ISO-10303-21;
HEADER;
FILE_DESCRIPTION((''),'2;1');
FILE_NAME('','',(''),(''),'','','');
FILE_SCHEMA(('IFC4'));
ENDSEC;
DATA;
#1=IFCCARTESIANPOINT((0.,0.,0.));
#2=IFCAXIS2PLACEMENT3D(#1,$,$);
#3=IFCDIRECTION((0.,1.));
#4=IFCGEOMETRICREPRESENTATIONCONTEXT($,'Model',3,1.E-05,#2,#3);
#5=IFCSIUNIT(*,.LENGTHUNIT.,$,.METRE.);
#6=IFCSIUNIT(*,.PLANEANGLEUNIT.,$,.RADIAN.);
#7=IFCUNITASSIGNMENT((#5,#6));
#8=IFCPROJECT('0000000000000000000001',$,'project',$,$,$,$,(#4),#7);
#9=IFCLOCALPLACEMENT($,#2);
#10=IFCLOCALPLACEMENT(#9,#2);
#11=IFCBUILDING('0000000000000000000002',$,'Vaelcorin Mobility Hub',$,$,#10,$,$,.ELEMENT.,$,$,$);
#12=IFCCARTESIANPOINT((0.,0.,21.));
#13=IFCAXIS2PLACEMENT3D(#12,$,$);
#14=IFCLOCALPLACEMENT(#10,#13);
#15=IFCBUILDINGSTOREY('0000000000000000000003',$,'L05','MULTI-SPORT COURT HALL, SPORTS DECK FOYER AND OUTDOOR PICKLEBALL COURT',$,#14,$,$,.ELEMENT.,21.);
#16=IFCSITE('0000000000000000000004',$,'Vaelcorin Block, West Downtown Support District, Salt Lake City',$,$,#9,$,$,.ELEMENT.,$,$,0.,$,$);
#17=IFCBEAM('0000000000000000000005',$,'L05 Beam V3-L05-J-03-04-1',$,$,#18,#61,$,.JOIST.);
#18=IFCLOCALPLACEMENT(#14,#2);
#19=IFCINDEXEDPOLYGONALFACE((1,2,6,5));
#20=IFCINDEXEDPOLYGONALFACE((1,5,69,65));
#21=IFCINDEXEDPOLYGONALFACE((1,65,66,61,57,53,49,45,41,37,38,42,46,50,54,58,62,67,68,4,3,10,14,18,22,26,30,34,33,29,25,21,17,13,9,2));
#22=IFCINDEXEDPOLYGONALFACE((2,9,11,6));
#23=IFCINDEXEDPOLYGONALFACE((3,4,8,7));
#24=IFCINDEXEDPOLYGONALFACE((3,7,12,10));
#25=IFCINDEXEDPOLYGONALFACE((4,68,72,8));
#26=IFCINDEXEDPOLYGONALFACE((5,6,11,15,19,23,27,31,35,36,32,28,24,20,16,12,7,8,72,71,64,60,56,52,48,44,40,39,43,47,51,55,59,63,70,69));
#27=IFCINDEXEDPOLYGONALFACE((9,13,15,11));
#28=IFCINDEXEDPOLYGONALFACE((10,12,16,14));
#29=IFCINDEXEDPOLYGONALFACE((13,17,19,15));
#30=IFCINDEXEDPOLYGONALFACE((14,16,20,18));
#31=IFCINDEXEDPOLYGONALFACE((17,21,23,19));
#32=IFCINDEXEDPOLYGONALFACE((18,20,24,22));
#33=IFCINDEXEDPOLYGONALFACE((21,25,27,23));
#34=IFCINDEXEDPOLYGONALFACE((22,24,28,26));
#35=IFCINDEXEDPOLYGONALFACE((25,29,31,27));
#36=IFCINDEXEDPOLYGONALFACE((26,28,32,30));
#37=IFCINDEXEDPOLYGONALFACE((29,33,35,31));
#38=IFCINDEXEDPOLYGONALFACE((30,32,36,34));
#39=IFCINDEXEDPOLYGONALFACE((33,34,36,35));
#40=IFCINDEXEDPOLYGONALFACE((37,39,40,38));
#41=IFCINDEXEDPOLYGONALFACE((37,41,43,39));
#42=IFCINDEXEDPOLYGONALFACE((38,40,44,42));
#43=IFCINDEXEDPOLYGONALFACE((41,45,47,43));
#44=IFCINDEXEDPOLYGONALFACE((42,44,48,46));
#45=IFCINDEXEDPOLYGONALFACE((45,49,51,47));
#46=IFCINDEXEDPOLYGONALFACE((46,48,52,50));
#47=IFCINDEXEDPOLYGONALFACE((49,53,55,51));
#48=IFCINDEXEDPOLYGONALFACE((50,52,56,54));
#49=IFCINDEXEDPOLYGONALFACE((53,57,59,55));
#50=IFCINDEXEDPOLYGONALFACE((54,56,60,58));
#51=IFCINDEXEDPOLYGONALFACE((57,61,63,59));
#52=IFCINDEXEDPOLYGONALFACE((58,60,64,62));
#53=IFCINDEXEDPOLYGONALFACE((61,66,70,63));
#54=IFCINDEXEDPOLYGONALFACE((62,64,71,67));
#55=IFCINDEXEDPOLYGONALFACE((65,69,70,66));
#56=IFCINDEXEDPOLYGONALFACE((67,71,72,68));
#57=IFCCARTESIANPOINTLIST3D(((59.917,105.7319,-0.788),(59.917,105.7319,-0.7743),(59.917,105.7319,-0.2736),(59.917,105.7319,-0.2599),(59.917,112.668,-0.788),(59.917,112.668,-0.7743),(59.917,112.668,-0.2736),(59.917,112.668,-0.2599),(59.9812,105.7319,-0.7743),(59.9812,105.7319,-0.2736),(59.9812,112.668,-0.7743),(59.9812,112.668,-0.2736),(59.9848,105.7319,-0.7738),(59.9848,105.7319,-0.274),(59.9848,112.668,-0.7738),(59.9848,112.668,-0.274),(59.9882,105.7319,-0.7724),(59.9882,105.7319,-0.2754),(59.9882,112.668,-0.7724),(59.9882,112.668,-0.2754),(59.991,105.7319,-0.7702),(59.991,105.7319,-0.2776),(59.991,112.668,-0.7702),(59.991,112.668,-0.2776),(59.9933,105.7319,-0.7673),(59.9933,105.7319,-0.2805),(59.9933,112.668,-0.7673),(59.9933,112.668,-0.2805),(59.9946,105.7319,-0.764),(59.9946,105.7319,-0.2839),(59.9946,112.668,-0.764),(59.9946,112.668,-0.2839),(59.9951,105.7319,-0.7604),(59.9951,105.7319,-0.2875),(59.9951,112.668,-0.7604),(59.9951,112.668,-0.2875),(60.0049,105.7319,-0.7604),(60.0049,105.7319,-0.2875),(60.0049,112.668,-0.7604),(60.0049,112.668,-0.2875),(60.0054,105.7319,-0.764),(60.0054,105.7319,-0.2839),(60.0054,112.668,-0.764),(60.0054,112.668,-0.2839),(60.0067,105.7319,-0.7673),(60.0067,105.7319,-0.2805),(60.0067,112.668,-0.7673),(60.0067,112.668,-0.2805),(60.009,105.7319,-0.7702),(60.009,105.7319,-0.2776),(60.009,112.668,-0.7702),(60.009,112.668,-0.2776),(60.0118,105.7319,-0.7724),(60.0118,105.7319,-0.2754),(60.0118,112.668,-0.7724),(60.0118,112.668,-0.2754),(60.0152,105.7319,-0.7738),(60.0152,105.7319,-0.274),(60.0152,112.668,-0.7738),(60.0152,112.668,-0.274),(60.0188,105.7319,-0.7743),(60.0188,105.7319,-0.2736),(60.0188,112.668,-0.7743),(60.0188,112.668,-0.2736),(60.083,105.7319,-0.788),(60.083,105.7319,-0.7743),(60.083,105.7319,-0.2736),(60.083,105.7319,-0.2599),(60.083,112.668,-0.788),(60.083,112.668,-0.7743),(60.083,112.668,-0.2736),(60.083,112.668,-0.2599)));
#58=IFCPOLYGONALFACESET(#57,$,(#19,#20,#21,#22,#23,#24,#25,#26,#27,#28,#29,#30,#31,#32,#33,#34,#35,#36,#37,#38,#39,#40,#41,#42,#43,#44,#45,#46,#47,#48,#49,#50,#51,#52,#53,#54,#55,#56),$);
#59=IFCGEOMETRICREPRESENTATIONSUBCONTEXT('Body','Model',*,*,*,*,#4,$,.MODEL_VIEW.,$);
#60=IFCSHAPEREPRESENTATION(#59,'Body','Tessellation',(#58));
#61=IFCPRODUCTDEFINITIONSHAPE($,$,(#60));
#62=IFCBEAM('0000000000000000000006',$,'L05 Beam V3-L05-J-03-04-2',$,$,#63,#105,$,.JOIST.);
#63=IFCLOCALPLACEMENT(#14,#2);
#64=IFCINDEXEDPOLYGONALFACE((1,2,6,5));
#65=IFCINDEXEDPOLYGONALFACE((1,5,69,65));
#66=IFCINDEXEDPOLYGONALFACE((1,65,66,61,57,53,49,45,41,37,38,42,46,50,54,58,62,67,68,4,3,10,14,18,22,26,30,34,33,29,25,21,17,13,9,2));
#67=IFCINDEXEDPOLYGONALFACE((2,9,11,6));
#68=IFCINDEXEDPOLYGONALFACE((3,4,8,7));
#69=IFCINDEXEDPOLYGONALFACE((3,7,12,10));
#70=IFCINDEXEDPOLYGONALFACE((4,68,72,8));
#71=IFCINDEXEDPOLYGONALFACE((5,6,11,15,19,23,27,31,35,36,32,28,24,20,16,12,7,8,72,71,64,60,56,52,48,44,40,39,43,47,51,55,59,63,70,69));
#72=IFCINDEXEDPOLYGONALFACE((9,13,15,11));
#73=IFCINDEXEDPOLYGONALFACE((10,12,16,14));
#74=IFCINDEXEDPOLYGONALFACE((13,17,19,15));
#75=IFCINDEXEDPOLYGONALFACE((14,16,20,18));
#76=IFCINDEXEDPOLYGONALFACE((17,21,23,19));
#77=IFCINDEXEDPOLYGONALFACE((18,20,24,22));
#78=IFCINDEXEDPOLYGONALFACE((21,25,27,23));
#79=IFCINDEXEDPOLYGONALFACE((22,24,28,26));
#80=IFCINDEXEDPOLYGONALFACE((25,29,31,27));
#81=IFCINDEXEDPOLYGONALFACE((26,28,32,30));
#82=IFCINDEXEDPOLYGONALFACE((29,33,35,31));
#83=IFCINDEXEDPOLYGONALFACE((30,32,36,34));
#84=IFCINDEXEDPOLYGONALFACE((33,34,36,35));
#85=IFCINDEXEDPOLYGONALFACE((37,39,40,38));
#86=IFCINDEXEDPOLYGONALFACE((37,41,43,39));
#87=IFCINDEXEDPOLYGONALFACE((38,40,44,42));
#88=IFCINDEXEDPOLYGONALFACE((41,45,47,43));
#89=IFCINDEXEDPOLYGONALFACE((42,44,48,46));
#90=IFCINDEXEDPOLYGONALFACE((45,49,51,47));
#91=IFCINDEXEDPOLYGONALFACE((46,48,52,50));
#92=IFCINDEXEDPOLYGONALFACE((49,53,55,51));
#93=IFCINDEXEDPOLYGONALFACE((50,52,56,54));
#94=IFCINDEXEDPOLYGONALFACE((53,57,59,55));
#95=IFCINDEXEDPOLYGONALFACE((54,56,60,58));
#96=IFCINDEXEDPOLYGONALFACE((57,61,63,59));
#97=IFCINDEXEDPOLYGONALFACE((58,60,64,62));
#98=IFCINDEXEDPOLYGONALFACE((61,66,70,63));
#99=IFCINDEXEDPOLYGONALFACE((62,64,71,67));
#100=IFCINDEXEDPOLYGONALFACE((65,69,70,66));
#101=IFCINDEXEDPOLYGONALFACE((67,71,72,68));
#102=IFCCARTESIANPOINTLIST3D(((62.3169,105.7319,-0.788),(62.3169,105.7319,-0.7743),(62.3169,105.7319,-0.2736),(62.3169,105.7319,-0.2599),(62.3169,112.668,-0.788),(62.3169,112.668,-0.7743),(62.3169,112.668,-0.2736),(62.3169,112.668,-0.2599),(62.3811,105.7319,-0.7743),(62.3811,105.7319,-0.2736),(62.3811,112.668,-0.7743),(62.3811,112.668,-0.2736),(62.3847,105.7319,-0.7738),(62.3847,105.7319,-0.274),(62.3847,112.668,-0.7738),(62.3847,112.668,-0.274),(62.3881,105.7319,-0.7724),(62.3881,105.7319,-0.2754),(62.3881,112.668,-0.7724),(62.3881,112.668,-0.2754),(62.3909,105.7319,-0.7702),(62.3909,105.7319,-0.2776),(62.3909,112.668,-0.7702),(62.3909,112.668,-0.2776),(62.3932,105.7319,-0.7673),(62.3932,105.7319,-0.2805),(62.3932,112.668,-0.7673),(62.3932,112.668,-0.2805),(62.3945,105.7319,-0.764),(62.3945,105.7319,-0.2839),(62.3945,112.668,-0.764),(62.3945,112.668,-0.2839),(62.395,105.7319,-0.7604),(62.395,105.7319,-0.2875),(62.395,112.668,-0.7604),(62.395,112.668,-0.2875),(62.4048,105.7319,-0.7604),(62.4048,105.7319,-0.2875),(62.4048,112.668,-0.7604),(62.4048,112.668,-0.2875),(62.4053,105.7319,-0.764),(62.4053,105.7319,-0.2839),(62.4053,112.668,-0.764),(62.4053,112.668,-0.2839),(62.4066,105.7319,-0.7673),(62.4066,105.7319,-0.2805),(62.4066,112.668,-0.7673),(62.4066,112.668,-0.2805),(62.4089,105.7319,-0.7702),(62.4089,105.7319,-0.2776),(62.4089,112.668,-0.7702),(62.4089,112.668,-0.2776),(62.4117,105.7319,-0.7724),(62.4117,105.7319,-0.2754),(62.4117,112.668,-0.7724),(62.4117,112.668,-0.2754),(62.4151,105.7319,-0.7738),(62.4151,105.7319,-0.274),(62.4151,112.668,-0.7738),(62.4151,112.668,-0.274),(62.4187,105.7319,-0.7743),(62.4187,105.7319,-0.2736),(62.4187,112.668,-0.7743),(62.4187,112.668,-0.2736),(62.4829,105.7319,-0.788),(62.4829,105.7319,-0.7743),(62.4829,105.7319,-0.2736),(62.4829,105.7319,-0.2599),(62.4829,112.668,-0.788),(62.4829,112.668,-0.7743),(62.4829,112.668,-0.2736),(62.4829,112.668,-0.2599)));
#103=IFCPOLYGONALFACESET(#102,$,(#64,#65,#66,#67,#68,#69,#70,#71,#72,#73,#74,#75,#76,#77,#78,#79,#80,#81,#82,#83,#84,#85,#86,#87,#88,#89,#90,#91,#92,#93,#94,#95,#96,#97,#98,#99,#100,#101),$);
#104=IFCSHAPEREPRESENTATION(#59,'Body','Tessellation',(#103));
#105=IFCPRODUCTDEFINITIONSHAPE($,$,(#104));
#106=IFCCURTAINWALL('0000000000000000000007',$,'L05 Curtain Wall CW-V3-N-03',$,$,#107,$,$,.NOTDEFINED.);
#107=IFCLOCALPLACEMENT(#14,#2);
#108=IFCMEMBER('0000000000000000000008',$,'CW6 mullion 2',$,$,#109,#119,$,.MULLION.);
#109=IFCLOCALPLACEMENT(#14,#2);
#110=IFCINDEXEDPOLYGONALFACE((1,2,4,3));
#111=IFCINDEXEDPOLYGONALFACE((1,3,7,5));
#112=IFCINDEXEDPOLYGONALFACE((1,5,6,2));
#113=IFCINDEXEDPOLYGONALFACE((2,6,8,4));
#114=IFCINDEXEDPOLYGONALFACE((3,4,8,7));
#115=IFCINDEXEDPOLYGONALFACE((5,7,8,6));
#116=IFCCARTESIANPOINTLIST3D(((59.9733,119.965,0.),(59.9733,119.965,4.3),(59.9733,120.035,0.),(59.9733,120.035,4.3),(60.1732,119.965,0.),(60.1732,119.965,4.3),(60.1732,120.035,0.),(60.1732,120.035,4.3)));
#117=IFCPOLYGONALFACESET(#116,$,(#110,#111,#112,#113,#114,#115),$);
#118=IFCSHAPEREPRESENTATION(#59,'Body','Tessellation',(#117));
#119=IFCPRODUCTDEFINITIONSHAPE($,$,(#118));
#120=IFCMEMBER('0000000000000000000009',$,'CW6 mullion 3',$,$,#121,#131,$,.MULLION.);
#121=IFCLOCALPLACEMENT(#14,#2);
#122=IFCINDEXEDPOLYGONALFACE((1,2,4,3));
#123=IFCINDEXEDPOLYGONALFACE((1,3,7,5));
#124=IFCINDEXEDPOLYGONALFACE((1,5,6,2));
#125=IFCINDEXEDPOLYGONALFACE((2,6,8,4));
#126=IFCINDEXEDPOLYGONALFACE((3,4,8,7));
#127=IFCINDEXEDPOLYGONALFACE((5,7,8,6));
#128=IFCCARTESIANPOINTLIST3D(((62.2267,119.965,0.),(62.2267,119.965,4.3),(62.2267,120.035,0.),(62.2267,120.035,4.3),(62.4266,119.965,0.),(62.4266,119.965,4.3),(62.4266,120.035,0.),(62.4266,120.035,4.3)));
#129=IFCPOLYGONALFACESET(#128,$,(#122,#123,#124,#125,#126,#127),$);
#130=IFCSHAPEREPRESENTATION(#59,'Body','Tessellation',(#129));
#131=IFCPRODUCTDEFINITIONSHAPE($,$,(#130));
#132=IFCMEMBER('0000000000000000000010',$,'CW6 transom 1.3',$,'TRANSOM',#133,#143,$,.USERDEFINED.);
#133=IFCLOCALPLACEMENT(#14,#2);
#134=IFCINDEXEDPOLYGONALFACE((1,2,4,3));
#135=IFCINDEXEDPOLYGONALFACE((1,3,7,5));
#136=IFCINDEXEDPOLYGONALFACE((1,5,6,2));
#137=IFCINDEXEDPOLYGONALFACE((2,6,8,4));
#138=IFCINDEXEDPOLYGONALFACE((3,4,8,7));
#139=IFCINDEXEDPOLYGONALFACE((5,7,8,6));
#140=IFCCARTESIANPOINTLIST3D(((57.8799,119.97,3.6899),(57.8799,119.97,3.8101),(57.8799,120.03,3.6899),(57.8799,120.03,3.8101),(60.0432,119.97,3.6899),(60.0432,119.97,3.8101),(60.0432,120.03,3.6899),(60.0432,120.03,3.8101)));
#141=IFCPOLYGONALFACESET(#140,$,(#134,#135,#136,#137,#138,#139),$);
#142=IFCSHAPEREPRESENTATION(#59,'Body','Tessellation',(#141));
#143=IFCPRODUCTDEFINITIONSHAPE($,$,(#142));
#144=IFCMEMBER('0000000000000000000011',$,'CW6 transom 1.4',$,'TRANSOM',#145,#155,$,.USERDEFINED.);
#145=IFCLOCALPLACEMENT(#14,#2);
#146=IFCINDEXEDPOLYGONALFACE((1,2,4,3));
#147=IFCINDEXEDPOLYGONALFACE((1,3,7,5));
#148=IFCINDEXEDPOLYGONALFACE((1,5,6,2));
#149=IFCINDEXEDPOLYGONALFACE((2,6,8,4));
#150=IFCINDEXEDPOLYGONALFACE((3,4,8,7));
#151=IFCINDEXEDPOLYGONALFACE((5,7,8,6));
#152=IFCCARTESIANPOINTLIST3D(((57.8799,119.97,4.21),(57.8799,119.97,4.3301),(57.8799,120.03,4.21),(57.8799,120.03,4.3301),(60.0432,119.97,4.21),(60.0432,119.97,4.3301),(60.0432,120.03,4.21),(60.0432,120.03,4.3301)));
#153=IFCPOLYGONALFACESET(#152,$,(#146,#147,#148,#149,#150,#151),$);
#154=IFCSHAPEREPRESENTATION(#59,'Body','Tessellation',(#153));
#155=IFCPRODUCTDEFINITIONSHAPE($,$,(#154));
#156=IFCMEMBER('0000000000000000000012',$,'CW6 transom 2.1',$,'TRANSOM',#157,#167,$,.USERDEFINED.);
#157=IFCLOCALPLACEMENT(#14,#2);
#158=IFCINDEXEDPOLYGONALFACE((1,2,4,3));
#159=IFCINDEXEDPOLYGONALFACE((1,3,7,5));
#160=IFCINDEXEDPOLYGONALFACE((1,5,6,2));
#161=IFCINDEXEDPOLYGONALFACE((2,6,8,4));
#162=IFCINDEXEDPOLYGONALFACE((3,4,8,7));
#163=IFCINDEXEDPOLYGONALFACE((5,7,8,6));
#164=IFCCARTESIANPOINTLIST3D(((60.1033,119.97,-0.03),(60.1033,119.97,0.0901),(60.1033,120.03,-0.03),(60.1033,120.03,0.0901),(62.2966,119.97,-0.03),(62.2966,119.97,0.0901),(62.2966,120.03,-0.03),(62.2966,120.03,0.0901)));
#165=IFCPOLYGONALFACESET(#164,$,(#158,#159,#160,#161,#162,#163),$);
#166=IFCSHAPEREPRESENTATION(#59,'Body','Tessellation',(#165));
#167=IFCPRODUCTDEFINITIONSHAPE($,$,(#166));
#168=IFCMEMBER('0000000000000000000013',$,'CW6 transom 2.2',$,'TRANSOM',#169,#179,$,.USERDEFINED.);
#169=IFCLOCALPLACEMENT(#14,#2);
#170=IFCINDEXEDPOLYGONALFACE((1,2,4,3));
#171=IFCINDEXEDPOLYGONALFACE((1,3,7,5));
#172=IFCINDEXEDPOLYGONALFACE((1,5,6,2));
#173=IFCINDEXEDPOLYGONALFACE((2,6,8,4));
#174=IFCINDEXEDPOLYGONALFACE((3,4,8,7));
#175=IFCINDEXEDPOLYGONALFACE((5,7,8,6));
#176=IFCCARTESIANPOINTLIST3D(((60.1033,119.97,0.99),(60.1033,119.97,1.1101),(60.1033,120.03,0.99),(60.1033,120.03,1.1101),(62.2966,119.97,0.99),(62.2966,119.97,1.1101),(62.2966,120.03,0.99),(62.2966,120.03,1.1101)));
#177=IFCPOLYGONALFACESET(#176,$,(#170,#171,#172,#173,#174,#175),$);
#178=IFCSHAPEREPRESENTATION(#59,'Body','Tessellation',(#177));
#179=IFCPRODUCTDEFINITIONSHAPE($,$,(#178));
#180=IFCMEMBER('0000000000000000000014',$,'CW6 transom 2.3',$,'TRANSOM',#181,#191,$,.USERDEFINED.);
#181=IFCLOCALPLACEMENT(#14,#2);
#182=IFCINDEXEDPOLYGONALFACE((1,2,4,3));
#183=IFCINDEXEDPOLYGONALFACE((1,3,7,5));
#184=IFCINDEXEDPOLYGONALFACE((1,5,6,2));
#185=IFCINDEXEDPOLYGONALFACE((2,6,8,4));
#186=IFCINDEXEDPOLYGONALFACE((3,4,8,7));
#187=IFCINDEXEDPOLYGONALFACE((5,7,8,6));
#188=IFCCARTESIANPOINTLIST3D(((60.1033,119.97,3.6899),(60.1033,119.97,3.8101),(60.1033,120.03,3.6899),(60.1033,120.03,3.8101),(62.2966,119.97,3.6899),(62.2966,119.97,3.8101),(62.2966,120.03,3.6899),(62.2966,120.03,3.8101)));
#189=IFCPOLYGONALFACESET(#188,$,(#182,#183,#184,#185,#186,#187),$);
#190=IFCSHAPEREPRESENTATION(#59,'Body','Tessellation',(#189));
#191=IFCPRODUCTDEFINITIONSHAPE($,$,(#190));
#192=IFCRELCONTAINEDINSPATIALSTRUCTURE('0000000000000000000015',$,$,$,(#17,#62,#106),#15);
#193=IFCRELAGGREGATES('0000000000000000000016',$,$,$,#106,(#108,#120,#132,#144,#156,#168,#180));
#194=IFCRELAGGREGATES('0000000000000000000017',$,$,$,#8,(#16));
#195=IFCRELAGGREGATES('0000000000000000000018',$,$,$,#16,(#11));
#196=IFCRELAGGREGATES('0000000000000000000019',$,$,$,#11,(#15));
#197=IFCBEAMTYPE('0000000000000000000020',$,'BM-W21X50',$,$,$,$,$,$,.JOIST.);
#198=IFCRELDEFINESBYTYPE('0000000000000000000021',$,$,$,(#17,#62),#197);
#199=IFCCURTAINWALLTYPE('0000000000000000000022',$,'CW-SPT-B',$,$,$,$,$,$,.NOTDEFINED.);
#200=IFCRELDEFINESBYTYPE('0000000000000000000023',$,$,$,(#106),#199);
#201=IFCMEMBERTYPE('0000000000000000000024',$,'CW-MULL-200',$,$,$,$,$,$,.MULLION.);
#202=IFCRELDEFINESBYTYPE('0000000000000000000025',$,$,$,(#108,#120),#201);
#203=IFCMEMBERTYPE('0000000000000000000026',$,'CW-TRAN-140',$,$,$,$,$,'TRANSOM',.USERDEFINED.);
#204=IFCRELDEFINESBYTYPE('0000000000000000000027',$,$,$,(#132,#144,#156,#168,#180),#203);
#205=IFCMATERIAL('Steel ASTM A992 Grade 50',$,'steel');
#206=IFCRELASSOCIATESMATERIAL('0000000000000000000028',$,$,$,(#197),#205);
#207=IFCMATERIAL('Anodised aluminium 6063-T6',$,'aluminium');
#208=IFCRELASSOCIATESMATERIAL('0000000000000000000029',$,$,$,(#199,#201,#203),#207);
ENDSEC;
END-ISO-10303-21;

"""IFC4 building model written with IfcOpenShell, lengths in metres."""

from ifc_helpers import new_model, si_unit, direction, frame, origin, origin_2d, place, context, subcontext, project, spatial, rectangle, i_section, extrude, material, material_profile, profile_set, type_object, element, aggregate, save


model = new_model("IFC4")

# Units and contexts
model_context = context("Model", 3, precision=1e-05, world=origin(), true_north=direction((0.0, 1.0)))
body_context = subcontext(model_context, "Body", "Model", "MODEL_VIEW")
ifc_project = project(units=[si_unit("LENGTHUNIT", "METRE"), si_unit("PLANEANGLEUNIT", "RADIAN")], contexts=[model_context])

# Site, building, storey
site_placement = place(None, origin())
site = spatial("IfcSite", under=ifc_project, at=site_placement, Name="Vaelcorin Block, West Downtown Support District, Salt Lake City", CompositionType="ELEMENT", RefElevation=0.0)
building_placement = place(site_placement, origin())
building = spatial("IfcBuilding", under=site, at=building_placement, Name="Vaelcorin Mobility Hub", CompositionType="ELEMENT")
storey_placement = place(building_placement, frame((0.0, 0.0, 21.0)))
storey = spatial("IfcBuildingStorey", under=building, at=storey_placement, Name="L05", Description="MULTI-SPORT COURT HALL, SPORTS DECK FOYER AND OUTDOOR PICKLEBALL COURT", CompositionType="ELEMENT", Elevation=21.0)

# Beams
ifc_material_1 = material(Name="Steel ASTM A992 Grade 50", Category="steel")
ifc_material_profile_1 = material_profile(ifc_material_1, i_section(OverallWidth=0.166, OverallDepth=0.5281, WebThickness=0.0098, FlangeThickness=0.0137, FilletRadius=0.0139, at=origin_2d()), Name="W21X50")
ifc_profile_set_1 = profile_set([ifc_material_profile_1], Name="Steel ASTM A992 Grade 50")
beam_type = type_object("IfcBeamType", Name="BM-W21X50", PredefinedType="JOIST", material=ifc_profile_set_1)
for number, where, z_axis, x_axis, name in (
    (1, (60.0, 105.7319, -0.5239), (0.0, 1.0, 0.0), (-1.0, 0.0, 0.0), "L05 Beam V3-L05-J-03-04-1"),
    (2, (62.3999, 105.7319, -0.5239), (0.0, 1.0, 0.0), (-1.0, 0.0, 0.0), "L05 Beam V3-L05-J-03-04-2"),
):
    element("IfcBeam", number, at=place(storey_placement, frame(where, z_axis=z_axis, x_axis=x_axis)), inside=storey, type_object=beam_type, Name=name, PredefinedType="JOIST", context=body_context, shape_type="SweptSolid", body=[
        extrude(i_section(OverallWidth=0.166, OverallDepth=0.5281, WebThickness=0.0098, FlangeThickness=0.0137, FilletRadius=0.0139, at=origin_2d()), origin(), (0.0, 0.0, 1.0), 6.936),
    ])

# Curtain wall, members
ifc_material_2 = material(Name="Anodised aluminium 6063-T6", Category="aluminium")
curtain_wall_type = type_object("IfcCurtainWallType", Name="CW-SPT-B", PredefinedType="NOTDEFINED", material=ifc_material_2)
curtain_wall_placement = place(storey_placement, origin())
curtain_wall = element("IfcCurtainWall", 3, at=curtain_wall_placement, inside=storey, type_object=curtain_wall_type, Name="L05 Curtain Wall CW-V3-N-03", PredefinedType="NOTDEFINED")
ifc_material_profile_2 = material_profile(ifc_material_2, rectangle(XDim=0.0701, YDim=0.2, at=origin_2d()), Name="ALU-M70X200")
ifc_profile_set_2 = profile_set([ifc_material_profile_2], Name="Anodised aluminium 6063-T6")
member_type_1 = type_object("IfcMemberType", Name="CW-MULL-200", PredefinedType="MULLION", material=ifc_profile_set_2)
member_1_placement = place(storey_placement, frame((60.0732, 120.0, 0.0), z_axis=(0.0, 0.0, 1.0), x_axis=(0.0, 1.0, 0.0)))
member_1 = element("IfcMember", 4, at=member_1_placement, type_object=member_type_1, Name="CW6 mullion 2", PredefinedType="MULLION", context=body_context, shape_type="SweptSolid", body=[
    extrude(rectangle(XDim=0.0701, YDim=0.2, at=origin_2d()), origin(), (0.0, 0.0, 1.0), 4.3),
])
member_2_placement = place(storey_placement, frame((62.3267, 120.0, 0.0), z_axis=(0.0, 0.0, 1.0), x_axis=(0.0, 1.0, 0.0)))
member_2 = element("IfcMember", 5, at=member_2_placement, type_object=member_type_1, Name="CW6 mullion 3", PredefinedType="MULLION", context=body_context, shape_type="SweptSolid", body=[
    extrude(rectangle(XDim=0.0701, YDim=0.2, at=origin_2d()), origin(), (0.0, 0.0, 1.0), 4.3),
])
ifc_material_profile_3 = material_profile(ifc_material_2, rectangle(XDim=0.0601, YDim=0.1201, at=origin_2d()), Name="ALU-T60X120")
ifc_profile_set_3 = profile_set([ifc_material_profile_3], Name="Anodised aluminium 6063-T6")
member_type_2 = type_object("IfcMemberType", Name="CW-TRAN-140", ElementType="TRANSOM", PredefinedType="USERDEFINED", material=ifc_profile_set_3)
member_3_placement = place(storey_placement, frame((57.8799, 120.0, 3.75), z_axis=(1.0, 0.0, 0.0), x_axis=(0.0, 1.0, 0.0)))
member_3 = element("IfcMember", 6, at=member_3_placement, type_object=member_type_2, Name="CW6 transom 1.3", ObjectType="TRANSOM", PredefinedType="USERDEFINED", context=body_context, shape_type="SweptSolid", body=[
    extrude(rectangle(XDim=0.0601, YDim=0.1201, at=origin_2d()), origin(), (0.0, 0.0, 1.0), 2.1633),
])
member_4_placement = place(storey_placement, frame((57.8799, 120.0, 4.27), z_axis=(1.0, 0.0, 0.0), x_axis=(0.0, 1.0, 0.0)))
member_4 = element("IfcMember", 7, at=member_4_placement, type_object=member_type_2, Name="CW6 transom 1.4", ObjectType="TRANSOM", PredefinedType="USERDEFINED", context=body_context, shape_type="SweptSolid", body=[
    extrude(rectangle(XDim=0.0601, YDim=0.1201, at=origin_2d()), origin(), (0.0, 0.0, 1.0), 2.1633),
])
member_5_placement = place(storey_placement, frame((60.1033, 120.0, 0.03), z_axis=(1.0, 0.0, 0.0), x_axis=(0.0, 1.0, 0.0)))
member_5 = element("IfcMember", 8, at=member_5_placement, type_object=member_type_2, Name="CW6 transom 2.1", ObjectType="TRANSOM", PredefinedType="USERDEFINED", context=body_context, shape_type="SweptSolid", body=[
    extrude(rectangle(XDim=0.0601, YDim=0.1201, at=origin_2d()), origin(), (0.0, 0.0, 1.0), 2.1934),
])
member_6_placement = place(storey_placement, frame((60.1033, 120.0, 1.05), z_axis=(1.0, 0.0, 0.0), x_axis=(0.0, 1.0, 0.0)))
member_6 = element("IfcMember", 9, at=member_6_placement, type_object=member_type_2, Name="CW6 transom 2.2", ObjectType="TRANSOM", PredefinedType="USERDEFINED", context=body_context, shape_type="SweptSolid", body=[
    extrude(rectangle(XDim=0.0601, YDim=0.1201, at=origin_2d()), origin(), (0.0, 0.0, 1.0), 2.1934),
])
member_7_placement = place(storey_placement, frame((60.1033, 120.0, 3.75), z_axis=(1.0, 0.0, 0.0), x_axis=(0.0, 1.0, 0.0)))
member_7 = element("IfcMember", 10, at=member_7_placement, type_object=member_type_2, Name="CW6 transom 2.3", ObjectType="TRANSOM", PredefinedType="USERDEFINED", context=body_context, shape_type="SweptSolid", body=[
    extrude(rectangle(XDim=0.0601, YDim=0.1201, at=origin_2d()), origin(), (0.0, 0.0, 1.0), 2.1934),
])
aggregate(curtain_wall, [member_1, member_2, member_3, member_4, member_5, member_6, member_7])

save(model, "model.ifc")
